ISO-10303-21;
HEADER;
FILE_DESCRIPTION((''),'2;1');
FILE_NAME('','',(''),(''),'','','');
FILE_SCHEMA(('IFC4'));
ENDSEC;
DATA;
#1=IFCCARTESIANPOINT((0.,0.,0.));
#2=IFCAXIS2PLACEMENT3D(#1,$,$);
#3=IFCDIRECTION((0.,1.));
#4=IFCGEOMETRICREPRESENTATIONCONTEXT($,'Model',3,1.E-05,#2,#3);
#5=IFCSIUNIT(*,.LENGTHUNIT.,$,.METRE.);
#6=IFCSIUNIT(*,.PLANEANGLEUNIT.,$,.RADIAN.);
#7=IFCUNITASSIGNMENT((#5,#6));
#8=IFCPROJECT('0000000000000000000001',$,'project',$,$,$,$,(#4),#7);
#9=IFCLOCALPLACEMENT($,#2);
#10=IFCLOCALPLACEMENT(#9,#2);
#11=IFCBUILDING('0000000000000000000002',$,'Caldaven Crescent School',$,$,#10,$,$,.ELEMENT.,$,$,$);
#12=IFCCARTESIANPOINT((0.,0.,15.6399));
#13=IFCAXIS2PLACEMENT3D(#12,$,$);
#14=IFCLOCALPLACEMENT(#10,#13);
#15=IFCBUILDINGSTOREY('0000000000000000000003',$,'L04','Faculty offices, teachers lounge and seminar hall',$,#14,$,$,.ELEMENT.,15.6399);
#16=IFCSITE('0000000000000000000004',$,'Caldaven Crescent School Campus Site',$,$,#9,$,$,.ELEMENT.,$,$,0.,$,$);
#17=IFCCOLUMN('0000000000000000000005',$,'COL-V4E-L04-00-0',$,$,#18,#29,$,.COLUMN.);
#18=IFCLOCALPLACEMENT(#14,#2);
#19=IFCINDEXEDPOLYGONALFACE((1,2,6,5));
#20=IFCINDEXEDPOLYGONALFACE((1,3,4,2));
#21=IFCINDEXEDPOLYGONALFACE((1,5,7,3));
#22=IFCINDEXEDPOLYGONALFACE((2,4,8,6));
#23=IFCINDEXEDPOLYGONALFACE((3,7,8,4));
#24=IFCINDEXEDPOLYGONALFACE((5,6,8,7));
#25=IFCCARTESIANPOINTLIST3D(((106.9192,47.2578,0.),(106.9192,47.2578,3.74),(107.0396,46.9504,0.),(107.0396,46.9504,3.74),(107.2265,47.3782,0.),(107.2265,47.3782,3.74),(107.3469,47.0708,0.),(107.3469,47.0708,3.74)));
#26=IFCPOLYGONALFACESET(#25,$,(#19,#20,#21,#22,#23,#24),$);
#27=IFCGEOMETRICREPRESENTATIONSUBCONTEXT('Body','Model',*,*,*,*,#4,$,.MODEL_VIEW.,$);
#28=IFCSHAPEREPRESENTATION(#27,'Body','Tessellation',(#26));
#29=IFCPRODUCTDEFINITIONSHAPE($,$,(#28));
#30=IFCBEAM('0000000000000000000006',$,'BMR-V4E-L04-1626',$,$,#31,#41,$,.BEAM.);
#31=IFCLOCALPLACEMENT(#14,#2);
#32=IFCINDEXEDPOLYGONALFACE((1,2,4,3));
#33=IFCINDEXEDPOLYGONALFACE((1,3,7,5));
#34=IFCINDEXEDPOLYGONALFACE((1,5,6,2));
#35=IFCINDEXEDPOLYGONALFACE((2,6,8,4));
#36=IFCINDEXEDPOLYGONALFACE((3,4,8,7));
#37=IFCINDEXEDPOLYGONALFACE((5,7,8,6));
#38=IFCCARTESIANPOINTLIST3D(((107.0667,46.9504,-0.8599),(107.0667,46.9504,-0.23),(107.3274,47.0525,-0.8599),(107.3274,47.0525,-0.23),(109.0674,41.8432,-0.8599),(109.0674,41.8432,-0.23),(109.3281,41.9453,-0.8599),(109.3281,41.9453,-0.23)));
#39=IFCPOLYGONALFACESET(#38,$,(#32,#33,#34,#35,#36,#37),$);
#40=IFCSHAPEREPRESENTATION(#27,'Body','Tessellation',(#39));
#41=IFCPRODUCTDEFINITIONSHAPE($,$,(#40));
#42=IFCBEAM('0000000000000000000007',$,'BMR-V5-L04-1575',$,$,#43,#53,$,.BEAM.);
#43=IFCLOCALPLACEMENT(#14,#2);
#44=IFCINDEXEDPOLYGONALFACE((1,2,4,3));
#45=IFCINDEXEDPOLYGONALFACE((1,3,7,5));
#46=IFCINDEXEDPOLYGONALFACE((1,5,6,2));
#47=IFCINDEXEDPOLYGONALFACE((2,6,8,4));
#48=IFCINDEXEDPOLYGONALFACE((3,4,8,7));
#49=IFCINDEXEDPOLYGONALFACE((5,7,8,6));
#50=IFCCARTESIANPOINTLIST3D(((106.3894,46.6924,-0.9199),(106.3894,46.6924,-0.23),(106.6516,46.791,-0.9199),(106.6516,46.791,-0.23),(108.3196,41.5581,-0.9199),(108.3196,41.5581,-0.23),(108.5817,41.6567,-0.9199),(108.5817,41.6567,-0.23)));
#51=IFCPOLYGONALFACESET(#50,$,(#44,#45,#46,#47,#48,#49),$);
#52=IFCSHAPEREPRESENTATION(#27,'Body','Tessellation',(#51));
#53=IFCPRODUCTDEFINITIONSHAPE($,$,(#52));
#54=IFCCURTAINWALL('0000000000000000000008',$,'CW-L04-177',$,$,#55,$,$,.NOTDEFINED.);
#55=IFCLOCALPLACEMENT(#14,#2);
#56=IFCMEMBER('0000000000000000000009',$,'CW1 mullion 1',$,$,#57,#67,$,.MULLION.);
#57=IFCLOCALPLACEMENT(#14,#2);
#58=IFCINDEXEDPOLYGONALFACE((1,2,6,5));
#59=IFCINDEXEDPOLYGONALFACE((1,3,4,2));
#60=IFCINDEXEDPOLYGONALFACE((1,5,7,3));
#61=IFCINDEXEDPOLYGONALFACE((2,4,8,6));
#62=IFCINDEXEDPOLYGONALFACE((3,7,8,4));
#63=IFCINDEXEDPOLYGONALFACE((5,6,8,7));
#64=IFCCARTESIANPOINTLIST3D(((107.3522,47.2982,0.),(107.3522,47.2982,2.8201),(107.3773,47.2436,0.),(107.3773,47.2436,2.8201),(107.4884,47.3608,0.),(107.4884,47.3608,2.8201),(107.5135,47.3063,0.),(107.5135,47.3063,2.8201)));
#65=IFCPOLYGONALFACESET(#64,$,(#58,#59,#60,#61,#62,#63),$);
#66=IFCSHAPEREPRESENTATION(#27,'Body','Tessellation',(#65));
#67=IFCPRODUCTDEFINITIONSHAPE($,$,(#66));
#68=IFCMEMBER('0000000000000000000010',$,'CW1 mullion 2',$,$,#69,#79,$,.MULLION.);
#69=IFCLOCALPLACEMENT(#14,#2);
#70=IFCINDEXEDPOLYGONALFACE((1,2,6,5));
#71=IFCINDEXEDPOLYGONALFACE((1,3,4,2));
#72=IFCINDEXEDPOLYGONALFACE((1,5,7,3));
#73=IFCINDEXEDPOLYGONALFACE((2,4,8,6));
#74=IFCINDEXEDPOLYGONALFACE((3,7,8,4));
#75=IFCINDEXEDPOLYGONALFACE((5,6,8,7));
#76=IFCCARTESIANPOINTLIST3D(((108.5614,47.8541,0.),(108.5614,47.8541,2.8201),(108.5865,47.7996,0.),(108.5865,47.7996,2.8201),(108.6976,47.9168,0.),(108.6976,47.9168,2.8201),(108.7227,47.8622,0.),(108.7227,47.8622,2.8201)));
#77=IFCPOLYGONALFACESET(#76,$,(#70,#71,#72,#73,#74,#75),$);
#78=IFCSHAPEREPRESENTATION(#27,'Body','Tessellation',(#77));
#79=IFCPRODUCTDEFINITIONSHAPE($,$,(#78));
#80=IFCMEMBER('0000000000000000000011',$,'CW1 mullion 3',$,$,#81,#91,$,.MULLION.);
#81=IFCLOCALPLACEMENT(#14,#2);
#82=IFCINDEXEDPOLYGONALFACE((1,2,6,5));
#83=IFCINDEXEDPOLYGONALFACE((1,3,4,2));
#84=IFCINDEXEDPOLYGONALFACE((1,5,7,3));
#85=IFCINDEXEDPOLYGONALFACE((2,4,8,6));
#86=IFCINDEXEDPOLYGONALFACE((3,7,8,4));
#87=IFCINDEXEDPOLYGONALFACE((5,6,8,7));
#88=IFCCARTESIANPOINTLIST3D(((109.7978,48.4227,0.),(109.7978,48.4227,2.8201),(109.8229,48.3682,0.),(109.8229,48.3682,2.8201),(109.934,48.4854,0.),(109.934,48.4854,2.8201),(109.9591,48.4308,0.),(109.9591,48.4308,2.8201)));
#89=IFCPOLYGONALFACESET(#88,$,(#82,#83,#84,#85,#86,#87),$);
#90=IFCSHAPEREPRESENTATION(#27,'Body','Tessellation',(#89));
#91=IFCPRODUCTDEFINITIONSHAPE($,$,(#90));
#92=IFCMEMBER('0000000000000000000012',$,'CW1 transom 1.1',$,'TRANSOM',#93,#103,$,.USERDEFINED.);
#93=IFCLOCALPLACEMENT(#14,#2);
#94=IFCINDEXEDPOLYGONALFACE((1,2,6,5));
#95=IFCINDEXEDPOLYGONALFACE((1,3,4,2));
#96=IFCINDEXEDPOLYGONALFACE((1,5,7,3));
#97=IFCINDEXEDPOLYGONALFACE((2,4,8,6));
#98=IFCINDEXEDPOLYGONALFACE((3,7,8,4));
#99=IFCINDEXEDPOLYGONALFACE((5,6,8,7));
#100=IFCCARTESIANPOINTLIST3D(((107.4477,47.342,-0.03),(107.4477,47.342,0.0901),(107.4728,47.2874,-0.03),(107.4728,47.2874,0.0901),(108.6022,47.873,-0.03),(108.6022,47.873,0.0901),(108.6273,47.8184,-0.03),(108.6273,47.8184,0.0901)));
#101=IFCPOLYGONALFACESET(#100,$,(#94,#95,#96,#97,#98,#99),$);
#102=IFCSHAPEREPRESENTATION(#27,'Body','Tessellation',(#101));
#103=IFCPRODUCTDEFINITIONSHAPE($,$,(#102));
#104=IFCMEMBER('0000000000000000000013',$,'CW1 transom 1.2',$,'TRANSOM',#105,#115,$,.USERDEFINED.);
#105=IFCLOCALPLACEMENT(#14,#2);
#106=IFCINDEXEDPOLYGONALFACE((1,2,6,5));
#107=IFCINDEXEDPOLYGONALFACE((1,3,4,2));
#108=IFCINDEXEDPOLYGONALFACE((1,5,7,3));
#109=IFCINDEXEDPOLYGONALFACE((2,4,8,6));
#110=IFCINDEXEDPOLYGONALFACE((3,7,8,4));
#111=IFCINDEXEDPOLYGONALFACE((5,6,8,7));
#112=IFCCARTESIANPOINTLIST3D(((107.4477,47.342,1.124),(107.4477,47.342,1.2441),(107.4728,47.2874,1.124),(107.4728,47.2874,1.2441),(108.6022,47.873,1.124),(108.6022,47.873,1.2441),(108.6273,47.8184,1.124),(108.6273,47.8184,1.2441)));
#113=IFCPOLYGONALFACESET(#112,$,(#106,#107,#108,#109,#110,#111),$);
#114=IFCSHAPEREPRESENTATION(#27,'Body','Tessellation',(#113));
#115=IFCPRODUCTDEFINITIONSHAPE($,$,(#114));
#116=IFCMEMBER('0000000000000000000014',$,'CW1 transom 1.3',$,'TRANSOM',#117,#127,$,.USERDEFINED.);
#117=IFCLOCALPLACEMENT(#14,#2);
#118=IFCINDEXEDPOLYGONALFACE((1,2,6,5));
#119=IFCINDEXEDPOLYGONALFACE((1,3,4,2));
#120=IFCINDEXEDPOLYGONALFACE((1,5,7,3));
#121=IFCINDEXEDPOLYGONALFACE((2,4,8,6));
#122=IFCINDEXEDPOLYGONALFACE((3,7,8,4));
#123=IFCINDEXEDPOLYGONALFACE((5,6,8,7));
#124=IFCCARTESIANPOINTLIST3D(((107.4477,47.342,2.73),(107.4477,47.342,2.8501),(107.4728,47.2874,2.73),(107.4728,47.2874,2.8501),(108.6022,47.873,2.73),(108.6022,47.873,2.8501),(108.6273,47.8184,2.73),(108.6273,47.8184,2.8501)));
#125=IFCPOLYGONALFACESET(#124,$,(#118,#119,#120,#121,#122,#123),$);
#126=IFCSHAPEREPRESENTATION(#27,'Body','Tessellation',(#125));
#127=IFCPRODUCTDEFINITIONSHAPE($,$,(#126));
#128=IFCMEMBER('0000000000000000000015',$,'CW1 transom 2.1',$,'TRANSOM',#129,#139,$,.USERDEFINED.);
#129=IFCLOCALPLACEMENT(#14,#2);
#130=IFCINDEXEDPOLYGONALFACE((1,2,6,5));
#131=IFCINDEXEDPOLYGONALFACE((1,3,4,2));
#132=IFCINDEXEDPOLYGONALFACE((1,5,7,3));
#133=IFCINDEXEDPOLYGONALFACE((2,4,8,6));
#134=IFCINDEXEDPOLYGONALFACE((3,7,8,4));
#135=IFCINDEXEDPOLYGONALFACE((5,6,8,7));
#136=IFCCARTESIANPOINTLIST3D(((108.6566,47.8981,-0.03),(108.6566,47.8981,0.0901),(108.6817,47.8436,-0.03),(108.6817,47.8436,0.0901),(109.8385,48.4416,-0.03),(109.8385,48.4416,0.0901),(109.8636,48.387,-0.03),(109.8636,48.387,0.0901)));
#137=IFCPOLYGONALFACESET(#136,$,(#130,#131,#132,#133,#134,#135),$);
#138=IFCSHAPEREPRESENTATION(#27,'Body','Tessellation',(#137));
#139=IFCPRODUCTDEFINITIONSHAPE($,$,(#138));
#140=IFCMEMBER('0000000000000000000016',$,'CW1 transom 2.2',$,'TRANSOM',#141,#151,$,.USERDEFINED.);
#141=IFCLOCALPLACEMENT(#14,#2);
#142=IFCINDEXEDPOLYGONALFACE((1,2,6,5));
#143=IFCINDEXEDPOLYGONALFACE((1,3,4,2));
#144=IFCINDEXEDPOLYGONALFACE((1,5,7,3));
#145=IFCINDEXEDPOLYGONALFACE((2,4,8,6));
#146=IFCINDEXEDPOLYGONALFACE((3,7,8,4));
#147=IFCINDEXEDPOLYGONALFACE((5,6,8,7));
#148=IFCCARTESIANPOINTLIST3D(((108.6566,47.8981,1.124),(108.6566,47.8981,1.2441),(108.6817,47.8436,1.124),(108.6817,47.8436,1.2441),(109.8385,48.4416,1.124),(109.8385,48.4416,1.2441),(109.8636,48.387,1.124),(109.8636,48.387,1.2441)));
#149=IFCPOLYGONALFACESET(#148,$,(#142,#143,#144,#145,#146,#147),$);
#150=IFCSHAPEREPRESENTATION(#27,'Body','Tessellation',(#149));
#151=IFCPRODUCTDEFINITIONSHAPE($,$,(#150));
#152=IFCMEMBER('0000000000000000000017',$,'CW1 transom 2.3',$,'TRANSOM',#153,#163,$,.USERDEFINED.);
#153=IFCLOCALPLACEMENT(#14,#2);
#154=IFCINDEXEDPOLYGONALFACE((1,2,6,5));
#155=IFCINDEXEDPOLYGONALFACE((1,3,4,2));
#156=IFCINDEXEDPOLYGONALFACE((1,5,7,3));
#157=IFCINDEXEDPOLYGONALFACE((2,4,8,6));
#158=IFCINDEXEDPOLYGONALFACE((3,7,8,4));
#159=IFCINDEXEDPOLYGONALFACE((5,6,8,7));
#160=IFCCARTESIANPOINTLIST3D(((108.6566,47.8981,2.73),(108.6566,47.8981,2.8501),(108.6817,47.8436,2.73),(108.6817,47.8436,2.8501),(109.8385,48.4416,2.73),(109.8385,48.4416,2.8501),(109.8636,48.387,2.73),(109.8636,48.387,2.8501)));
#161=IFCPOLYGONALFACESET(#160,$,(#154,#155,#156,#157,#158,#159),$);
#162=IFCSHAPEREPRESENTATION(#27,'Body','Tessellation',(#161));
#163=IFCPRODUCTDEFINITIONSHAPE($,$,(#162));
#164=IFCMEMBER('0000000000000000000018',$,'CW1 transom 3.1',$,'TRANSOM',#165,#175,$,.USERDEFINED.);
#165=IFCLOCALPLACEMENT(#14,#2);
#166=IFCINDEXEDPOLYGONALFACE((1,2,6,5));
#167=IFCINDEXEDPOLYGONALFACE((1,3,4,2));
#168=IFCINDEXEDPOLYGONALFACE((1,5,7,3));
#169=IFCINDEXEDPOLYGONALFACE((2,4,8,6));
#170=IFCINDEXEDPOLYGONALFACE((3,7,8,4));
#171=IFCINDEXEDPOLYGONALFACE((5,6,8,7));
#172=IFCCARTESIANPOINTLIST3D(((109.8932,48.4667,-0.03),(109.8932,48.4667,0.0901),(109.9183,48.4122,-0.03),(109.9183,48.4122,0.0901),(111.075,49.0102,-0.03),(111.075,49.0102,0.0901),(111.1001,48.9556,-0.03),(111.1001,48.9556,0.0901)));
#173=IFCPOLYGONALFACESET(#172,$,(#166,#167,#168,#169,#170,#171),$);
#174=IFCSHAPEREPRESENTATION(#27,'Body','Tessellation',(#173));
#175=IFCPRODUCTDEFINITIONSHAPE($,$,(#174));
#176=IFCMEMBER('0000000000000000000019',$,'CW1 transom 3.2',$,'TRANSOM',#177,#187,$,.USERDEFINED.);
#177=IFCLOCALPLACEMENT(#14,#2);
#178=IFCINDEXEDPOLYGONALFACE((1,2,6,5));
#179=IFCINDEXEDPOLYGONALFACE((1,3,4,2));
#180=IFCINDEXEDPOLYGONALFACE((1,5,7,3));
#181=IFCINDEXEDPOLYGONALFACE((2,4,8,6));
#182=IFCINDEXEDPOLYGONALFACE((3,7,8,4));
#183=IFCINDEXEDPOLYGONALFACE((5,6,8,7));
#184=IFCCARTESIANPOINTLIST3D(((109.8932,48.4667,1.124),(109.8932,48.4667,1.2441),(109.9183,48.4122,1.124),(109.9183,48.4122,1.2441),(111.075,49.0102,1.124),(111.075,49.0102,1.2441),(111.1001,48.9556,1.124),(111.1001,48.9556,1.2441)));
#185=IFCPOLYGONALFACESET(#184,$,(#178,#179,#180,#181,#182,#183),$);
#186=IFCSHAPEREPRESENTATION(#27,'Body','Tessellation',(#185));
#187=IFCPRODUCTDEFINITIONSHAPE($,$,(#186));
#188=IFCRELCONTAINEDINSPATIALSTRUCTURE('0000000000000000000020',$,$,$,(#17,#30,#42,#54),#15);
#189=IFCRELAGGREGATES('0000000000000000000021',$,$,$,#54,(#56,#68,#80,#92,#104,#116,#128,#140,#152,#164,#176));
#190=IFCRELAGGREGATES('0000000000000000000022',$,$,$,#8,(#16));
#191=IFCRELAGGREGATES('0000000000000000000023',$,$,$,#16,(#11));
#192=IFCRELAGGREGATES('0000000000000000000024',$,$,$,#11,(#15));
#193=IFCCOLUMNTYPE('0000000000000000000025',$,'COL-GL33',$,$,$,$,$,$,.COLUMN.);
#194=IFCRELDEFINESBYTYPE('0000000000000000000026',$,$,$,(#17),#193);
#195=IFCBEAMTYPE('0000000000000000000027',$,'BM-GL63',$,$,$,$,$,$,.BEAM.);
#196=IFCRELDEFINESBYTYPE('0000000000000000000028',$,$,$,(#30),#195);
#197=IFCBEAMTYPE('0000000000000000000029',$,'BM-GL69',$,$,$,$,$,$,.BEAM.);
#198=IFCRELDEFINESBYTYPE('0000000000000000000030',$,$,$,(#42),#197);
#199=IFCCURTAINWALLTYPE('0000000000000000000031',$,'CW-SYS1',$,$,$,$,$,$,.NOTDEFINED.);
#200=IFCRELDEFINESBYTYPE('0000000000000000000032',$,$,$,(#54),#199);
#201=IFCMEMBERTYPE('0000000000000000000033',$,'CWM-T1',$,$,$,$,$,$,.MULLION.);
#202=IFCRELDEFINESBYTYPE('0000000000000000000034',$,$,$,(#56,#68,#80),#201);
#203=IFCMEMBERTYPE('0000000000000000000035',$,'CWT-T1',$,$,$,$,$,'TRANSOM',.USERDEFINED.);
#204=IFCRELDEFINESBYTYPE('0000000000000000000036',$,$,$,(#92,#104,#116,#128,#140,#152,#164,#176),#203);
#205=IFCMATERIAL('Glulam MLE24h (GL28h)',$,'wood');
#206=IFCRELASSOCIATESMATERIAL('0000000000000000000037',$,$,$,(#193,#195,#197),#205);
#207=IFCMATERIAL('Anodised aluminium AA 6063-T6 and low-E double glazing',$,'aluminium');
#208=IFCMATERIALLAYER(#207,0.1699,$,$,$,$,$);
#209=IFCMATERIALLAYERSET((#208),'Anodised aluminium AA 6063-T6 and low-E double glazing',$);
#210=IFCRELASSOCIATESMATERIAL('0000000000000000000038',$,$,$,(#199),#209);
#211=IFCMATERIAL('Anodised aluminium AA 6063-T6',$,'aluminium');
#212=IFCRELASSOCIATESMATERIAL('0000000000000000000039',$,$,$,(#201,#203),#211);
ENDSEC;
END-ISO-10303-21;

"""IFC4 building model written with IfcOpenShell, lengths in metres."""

from ifc_helpers import new_model, si_unit, direction, frame, origin, origin_2d, place, context, subcontext, project, spatial, rectangle, extrude, material, layer, layer_set, material_profile, profile_set, type_object, element, aggregate, save


model = new_model("IFC4")

# Units and contexts
model_context = context("Model", 3, precision=1e-05, world=origin(), true_north=direction((0.0, 1.0)))
body_context = subcontext(model_context, "Body", "Model", "MODEL_VIEW")
ifc_project = project(units=[si_unit("LENGTHUNIT", "METRE"), si_unit("PLANEANGLEUNIT", "RADIAN")], contexts=[model_context])

# Site, building, storey
site_placement = place(None, origin())
site = spatial("IfcSite", under=ifc_project, at=site_placement, Name="Caldaven Crescent School Campus Site", CompositionType="ELEMENT", RefElevation=0.0)
building_placement = place(site_placement, origin())
building = spatial("IfcBuilding", under=site, at=building_placement, Name="Caldaven Crescent School", CompositionType="ELEMENT")
storey_placement = place(building_placement, frame((0.0, 0.0, 15.6399)))
storey = spatial("IfcBuildingStorey", under=building, at=storey_placement, Name="L04", Description="Faculty offices, teachers lounge and seminar hall", CompositionType="ELEMENT", Elevation=15.6399)

# Column
ifc_material_1 = material(Name="Glulam MLE24h (GL28h)", Category="wood")
ifc_material_profile_1 = material_profile(ifc_material_1, rectangle(XDim=0.3301, YDim=0.3301, at=origin_2d()), Name="MLE 330x330")
ifc_profile_set_1 = profile_set([ifc_material_profile_1], Name="Glulam MLE24h (GL28h)")
column_type = type_object("IfcColumnType", Name="COL-GL33", PredefinedType="COLUMN", material=ifc_profile_set_1)
column_placement = place(storey_placement, frame((107.1331, 47.1643, 0.0), z_axis=(0.0, 0.0, 1.0), x_axis=(0.364714, -0.931119, 0.0)))
element("IfcColumn", 1, at=column_placement, inside=storey, type_object=column_type, Name="COL-V4E-L04-00-0", PredefinedType="COLUMN", context=body_context, shape_type="SweptSolid", body=[
    extrude(rectangle(XDim=0.3301, YDim=0.3301, at=origin_2d()), origin(), (0.0, 0.0, 1.0), 3.74),
])

# Beams
ifc_material_profile_2 = material_profile(ifc_material_1, rectangle(XDim=0.28, YDim=0.6299, at=origin_2d()), Name="MLE 280x630")
ifc_profile_set_2 = profile_set([ifc_material_profile_2], Name="Glulam MLE24h (GL28h)")
beam_type_1 = type_object("IfcBeamType", Name="BM-GL63", PredefinedType="BEAM", material=ifc_profile_set_2)
beam_1_placement = place(storey_placement, frame((107.197, 47.0015, -0.5449), z_axis=(0.364758, -0.931102, 0.0), x_axis=(0.931102, 0.364758, 0.0)))
element("IfcBeam", 2, at=beam_1_placement, inside=storey, type_object=beam_type_1, Name="BMR-V4E-L04-1626", PredefinedType="BEAM", context=body_context, shape_type="SweptSolid", body=[
    extrude(rectangle(XDim=0.28, YDim=0.6299, at=origin_2d()), origin(), (0.0, 0.0, 1.0), 5.4851),
])
ifc_material_profile_3 = material_profile(ifc_material_1, rectangle(XDim=0.28, YDim=0.6899, at=origin_2d()), Name="MLE 280x690")
ifc_profile_set_3 = profile_set([ifc_material_profile_3], Name="Glulam MLE24h (GL28h)")
beam_type_2 = type_object("IfcBeamType", Name="BM-GL69", PredefinedType="BEAM", material=ifc_profile_set_3)
beam_2_placement = place(storey_placement, frame((106.5205, 46.7417, -0.575), z_axis=(0.351894, -0.93604, 0.0), x_axis=(0.93604, 0.351894, 0.0)))
element("IfcBeam", 3, at=beam_2_placement, inside=storey, type_object=beam_type_2, Name="BMR-V5-L04-1575", PredefinedType="BEAM", context=body_context, shape_type="SweptSolid", body=[
    extrude(rectangle(XDim=0.28, YDim=0.6899, at=origin_2d()), origin(), (0.0, 0.0, 1.0), 5.4851),
])

# Curtain wall, members
ifc_material_2 = material(Name="Anodised aluminium AA 6063-T6 and low-E double glazing", Category="aluminium")
ifc_layer_1 = layer(ifc_material_2, 0.1699)
ifc_layer_set_1 = layer_set([ifc_layer_1], Name="Anodised aluminium AA 6063-T6 and low-E double glazing")
curtain_wall_type = type_object("IfcCurtainWallType", Name="CW-SYS1", PredefinedType="NOTDEFINED", material=ifc_layer_set_1)
curtain_wall_placement = place(storey_placement, origin())
curtain_wall = element("IfcCurtainWall", 4, at=curtain_wall_placement, inside=storey, type_object=curtain_wall_type, Name="CW-L04-177", PredefinedType="NOTDEFINED")
ifc_material_3 = material(Name="Anodised aluminium AA 6063-T6", Category="aluminium")
ifc_material_profile_4 = material_profile(ifc_material_3, rectangle(XDim=0.0601, YDim=0.1499, at=origin_2d()), Name="CWM 60x150")
ifc_profile_set_4 = profile_set([ifc_material_profile_4], Name="Anodised aluminium AA 6063-T6")
member_type_1 = type_object("IfcMemberType", Name="CWM-T1", PredefinedType="MULLION", material=ifc_profile_set_4)
member_1_placement = place(storey_placement, frame((107.4329, 47.3022, 0.0), z_axis=(0.0, 0.0, 1.0), x_axis=(-0.417824, 0.908528, 0.0)))
member_1 = element("IfcMember", 5, at=member_1_placement, type_object=member_type_1, Name="CW1 mullion 1", PredefinedType="MULLION", context=body_context, shape_type="SweptSolid", body=[
    extrude(rectangle(XDim=0.0601, YDim=0.1499, at=origin_2d()), origin(), (0.0, 0.0, 1.0), 2.8201),
])
member_2_placement = place(storey_placement, frame((108.6421, 47.8582, 0.0), z_axis=(0.0, 0.0, 1.0), x_axis=(-0.417824, 0.908528, 0.0)))
member_2 = element("IfcMember", 6, at=member_2_placement, type_object=member_type_1, Name="CW1 mullion 2", PredefinedType="MULLION", context=body_context, shape_type="SweptSolid", body=[
    extrude(rectangle(XDim=0.0601, YDim=0.1499, at=origin_2d()), origin(), (0.0, 0.0, 1.0), 2.8201),
])
member_3_placement = place(storey_placement, frame((109.8784, 48.4268, 0.0), z_axis=(0.0, 0.0, 1.0), x_axis=(-0.417824, 0.908528, 0.0)))
member_3 = element("IfcMember", 7, at=member_3_placement, type_object=member_type_1, Name="CW1 mullion 3", PredefinedType="MULLION", context=body_context, shape_type="SweptSolid", body=[
    extrude(rectangle(XDim=0.0601, YDim=0.1499, at=origin_2d()), origin(), (0.0, 0.0, 1.0), 2.8201),
])
ifc_material_profile_5 = material_profile(ifc_material_3, rectangle(XDim=0.0601, YDim=0.1201, at=origin_2d()), Name="CWT 60x120")
ifc_profile_set_5 = profile_set([ifc_material_profile_5], Name="Anodised aluminium AA 6063-T6")
member_type_2 = type_object("IfcMemberType", Name="CWT-T1", ElementType="TRANSOM", PredefinedType="USERDEFINED", material=ifc_profile_set_5)
member_4_placement = place(storey_placement, frame((107.4602, 47.3147, 0.03), z_axis=(0.908515, 0.417852, 0.0), x_axis=(-0.417852, 0.908515, 0.0)))
member_4 = element("IfcMember", 8, at=member_4_placement, type_object=member_type_2, Name="CW1 transom 1.1", ObjectType="TRANSOM", PredefinedType="USERDEFINED", context=body_context, shape_type="SweptSolid", body=[
    extrude(rectangle(XDim=0.0601, YDim=0.1201, at=origin_2d()), origin(), (0.0, 0.0, 1.0), 1.2708),
])
member_5_placement = place(storey_placement, frame((107.4602, 47.3147, 1.1841), z_axis=(0.908515, 0.417852, 0.0), x_axis=(-0.417852, 0.908515, 0.0)))
member_5 = element("IfcMember", 9, at=member_5_placement, type_object=member_type_2, Name="CW1 transom 1.2", ObjectType="TRANSOM", PredefinedType="USERDEFINED", context=body_context, shape_type="SweptSolid", body=[
    extrude(rectangle(XDim=0.0601, YDim=0.1201, at=origin_2d()), origin(), (0.0, 0.0, 1.0), 1.2708),
])
member_6_placement = place(storey_placement, frame((107.4602, 47.3147, 2.79), z_axis=(0.908515, 0.417852, 0.0), x_axis=(-0.417852, 0.908515, 0.0)))
member_6 = element("IfcMember", 10, at=member_6_placement, type_object=member_type_2, Name="CW1 transom 1.3", ObjectType="TRANSOM", PredefinedType="USERDEFINED", context=body_context, shape_type="SweptSolid", body=[
    extrude(rectangle(XDim=0.0601, YDim=0.1201, at=origin_2d()), origin(), (0.0, 0.0, 1.0), 1.2708),
])
member_7_placement = place(storey_placement, frame((108.6692, 47.8708, 0.03), z_axis=(0.908552, 0.417772, 0.0), x_axis=(-0.417772, 0.908552, 0.0)))
member_7 = element("IfcMember", 11, at=member_7_placement, type_object=member_type_2, Name="CW1 transom 2.1", ObjectType="TRANSOM", PredefinedType="USERDEFINED", context=body_context, shape_type="SweptSolid", body=[
    extrude(rectangle(XDim=0.0601, YDim=0.1201, at=origin_2d()), origin(), (0.0, 0.0, 1.0), 1.3008),
])
member_8_placement = place(storey_placement, frame((108.6692, 47.8708, 1.1841), z_axis=(0.908552, 0.417772, 0.0), x_axis=(-0.417772, 0.908552, 0.0)))
member_8 = element("IfcMember", 12, at=member_8_placement, type_object=member_type_2, Name="CW1 transom 2.2", ObjectType="TRANSOM", PredefinedType="USERDEFINED", context=body_context, shape_type="SweptSolid", body=[
    extrude(rectangle(XDim=0.0601, YDim=0.1201, at=origin_2d()), origin(), (0.0, 0.0, 1.0), 1.3008),
])
member_9_placement = place(storey_placement, frame((108.6692, 47.8708, 2.79), z_axis=(0.908552, 0.417772, 0.0), x_axis=(-0.417772, 0.908552, 0.0)))
member_9 = element("IfcMember", 13, at=member_9_placement, type_object=member_type_2, Name="CW1 transom 2.3", ObjectType="TRANSOM", PredefinedType="USERDEFINED", context=body_context, shape_type="SweptSolid", body=[
    extrude(rectangle(XDim=0.0601, YDim=0.1201, at=origin_2d()), origin(), (0.0, 0.0, 1.0), 1.3008),
])
member_10_placement = place(storey_placement, frame((109.9058, 48.4395, 0.03), z_axis=(0.908552, 0.417772, 0.0), x_axis=(-0.417772, 0.908552, 0.0)))
member_10 = element("IfcMember", 14, at=member_10_placement, type_object=member_type_2, Name="CW1 transom 3.1", ObjectType="TRANSOM", PredefinedType="USERDEFINED", context=body_context, shape_type="SweptSolid", body=[
    extrude(rectangle(XDim=0.0601, YDim=0.1201, at=origin_2d()), origin(), (0.0, 0.0, 1.0), 1.3008),
])
member_11_placement = place(storey_placement, frame((109.9058, 48.4395, 1.1841), z_axis=(0.908552, 0.417772, 0.0), x_axis=(-0.417772, 0.908552, 0.0)))
member_11 = element("IfcMember", 15, at=member_11_placement, type_object=member_type_2, Name="CW1 transom 3.2", ObjectType="TRANSOM", PredefinedType="USERDEFINED", context=body_context, shape_type="SweptSolid", body=[
    extrude(rectangle(XDim=0.0601, YDim=0.1201, at=origin_2d()), origin(), (0.0, 0.0, 1.0), 1.3008),
])

aggregate(curtain_wall, [member_1, member_2, member_3, member_4, member_5, member_6, member_7, member_8, member_9, member_10, member_11])

save(model, "model.ifc")
